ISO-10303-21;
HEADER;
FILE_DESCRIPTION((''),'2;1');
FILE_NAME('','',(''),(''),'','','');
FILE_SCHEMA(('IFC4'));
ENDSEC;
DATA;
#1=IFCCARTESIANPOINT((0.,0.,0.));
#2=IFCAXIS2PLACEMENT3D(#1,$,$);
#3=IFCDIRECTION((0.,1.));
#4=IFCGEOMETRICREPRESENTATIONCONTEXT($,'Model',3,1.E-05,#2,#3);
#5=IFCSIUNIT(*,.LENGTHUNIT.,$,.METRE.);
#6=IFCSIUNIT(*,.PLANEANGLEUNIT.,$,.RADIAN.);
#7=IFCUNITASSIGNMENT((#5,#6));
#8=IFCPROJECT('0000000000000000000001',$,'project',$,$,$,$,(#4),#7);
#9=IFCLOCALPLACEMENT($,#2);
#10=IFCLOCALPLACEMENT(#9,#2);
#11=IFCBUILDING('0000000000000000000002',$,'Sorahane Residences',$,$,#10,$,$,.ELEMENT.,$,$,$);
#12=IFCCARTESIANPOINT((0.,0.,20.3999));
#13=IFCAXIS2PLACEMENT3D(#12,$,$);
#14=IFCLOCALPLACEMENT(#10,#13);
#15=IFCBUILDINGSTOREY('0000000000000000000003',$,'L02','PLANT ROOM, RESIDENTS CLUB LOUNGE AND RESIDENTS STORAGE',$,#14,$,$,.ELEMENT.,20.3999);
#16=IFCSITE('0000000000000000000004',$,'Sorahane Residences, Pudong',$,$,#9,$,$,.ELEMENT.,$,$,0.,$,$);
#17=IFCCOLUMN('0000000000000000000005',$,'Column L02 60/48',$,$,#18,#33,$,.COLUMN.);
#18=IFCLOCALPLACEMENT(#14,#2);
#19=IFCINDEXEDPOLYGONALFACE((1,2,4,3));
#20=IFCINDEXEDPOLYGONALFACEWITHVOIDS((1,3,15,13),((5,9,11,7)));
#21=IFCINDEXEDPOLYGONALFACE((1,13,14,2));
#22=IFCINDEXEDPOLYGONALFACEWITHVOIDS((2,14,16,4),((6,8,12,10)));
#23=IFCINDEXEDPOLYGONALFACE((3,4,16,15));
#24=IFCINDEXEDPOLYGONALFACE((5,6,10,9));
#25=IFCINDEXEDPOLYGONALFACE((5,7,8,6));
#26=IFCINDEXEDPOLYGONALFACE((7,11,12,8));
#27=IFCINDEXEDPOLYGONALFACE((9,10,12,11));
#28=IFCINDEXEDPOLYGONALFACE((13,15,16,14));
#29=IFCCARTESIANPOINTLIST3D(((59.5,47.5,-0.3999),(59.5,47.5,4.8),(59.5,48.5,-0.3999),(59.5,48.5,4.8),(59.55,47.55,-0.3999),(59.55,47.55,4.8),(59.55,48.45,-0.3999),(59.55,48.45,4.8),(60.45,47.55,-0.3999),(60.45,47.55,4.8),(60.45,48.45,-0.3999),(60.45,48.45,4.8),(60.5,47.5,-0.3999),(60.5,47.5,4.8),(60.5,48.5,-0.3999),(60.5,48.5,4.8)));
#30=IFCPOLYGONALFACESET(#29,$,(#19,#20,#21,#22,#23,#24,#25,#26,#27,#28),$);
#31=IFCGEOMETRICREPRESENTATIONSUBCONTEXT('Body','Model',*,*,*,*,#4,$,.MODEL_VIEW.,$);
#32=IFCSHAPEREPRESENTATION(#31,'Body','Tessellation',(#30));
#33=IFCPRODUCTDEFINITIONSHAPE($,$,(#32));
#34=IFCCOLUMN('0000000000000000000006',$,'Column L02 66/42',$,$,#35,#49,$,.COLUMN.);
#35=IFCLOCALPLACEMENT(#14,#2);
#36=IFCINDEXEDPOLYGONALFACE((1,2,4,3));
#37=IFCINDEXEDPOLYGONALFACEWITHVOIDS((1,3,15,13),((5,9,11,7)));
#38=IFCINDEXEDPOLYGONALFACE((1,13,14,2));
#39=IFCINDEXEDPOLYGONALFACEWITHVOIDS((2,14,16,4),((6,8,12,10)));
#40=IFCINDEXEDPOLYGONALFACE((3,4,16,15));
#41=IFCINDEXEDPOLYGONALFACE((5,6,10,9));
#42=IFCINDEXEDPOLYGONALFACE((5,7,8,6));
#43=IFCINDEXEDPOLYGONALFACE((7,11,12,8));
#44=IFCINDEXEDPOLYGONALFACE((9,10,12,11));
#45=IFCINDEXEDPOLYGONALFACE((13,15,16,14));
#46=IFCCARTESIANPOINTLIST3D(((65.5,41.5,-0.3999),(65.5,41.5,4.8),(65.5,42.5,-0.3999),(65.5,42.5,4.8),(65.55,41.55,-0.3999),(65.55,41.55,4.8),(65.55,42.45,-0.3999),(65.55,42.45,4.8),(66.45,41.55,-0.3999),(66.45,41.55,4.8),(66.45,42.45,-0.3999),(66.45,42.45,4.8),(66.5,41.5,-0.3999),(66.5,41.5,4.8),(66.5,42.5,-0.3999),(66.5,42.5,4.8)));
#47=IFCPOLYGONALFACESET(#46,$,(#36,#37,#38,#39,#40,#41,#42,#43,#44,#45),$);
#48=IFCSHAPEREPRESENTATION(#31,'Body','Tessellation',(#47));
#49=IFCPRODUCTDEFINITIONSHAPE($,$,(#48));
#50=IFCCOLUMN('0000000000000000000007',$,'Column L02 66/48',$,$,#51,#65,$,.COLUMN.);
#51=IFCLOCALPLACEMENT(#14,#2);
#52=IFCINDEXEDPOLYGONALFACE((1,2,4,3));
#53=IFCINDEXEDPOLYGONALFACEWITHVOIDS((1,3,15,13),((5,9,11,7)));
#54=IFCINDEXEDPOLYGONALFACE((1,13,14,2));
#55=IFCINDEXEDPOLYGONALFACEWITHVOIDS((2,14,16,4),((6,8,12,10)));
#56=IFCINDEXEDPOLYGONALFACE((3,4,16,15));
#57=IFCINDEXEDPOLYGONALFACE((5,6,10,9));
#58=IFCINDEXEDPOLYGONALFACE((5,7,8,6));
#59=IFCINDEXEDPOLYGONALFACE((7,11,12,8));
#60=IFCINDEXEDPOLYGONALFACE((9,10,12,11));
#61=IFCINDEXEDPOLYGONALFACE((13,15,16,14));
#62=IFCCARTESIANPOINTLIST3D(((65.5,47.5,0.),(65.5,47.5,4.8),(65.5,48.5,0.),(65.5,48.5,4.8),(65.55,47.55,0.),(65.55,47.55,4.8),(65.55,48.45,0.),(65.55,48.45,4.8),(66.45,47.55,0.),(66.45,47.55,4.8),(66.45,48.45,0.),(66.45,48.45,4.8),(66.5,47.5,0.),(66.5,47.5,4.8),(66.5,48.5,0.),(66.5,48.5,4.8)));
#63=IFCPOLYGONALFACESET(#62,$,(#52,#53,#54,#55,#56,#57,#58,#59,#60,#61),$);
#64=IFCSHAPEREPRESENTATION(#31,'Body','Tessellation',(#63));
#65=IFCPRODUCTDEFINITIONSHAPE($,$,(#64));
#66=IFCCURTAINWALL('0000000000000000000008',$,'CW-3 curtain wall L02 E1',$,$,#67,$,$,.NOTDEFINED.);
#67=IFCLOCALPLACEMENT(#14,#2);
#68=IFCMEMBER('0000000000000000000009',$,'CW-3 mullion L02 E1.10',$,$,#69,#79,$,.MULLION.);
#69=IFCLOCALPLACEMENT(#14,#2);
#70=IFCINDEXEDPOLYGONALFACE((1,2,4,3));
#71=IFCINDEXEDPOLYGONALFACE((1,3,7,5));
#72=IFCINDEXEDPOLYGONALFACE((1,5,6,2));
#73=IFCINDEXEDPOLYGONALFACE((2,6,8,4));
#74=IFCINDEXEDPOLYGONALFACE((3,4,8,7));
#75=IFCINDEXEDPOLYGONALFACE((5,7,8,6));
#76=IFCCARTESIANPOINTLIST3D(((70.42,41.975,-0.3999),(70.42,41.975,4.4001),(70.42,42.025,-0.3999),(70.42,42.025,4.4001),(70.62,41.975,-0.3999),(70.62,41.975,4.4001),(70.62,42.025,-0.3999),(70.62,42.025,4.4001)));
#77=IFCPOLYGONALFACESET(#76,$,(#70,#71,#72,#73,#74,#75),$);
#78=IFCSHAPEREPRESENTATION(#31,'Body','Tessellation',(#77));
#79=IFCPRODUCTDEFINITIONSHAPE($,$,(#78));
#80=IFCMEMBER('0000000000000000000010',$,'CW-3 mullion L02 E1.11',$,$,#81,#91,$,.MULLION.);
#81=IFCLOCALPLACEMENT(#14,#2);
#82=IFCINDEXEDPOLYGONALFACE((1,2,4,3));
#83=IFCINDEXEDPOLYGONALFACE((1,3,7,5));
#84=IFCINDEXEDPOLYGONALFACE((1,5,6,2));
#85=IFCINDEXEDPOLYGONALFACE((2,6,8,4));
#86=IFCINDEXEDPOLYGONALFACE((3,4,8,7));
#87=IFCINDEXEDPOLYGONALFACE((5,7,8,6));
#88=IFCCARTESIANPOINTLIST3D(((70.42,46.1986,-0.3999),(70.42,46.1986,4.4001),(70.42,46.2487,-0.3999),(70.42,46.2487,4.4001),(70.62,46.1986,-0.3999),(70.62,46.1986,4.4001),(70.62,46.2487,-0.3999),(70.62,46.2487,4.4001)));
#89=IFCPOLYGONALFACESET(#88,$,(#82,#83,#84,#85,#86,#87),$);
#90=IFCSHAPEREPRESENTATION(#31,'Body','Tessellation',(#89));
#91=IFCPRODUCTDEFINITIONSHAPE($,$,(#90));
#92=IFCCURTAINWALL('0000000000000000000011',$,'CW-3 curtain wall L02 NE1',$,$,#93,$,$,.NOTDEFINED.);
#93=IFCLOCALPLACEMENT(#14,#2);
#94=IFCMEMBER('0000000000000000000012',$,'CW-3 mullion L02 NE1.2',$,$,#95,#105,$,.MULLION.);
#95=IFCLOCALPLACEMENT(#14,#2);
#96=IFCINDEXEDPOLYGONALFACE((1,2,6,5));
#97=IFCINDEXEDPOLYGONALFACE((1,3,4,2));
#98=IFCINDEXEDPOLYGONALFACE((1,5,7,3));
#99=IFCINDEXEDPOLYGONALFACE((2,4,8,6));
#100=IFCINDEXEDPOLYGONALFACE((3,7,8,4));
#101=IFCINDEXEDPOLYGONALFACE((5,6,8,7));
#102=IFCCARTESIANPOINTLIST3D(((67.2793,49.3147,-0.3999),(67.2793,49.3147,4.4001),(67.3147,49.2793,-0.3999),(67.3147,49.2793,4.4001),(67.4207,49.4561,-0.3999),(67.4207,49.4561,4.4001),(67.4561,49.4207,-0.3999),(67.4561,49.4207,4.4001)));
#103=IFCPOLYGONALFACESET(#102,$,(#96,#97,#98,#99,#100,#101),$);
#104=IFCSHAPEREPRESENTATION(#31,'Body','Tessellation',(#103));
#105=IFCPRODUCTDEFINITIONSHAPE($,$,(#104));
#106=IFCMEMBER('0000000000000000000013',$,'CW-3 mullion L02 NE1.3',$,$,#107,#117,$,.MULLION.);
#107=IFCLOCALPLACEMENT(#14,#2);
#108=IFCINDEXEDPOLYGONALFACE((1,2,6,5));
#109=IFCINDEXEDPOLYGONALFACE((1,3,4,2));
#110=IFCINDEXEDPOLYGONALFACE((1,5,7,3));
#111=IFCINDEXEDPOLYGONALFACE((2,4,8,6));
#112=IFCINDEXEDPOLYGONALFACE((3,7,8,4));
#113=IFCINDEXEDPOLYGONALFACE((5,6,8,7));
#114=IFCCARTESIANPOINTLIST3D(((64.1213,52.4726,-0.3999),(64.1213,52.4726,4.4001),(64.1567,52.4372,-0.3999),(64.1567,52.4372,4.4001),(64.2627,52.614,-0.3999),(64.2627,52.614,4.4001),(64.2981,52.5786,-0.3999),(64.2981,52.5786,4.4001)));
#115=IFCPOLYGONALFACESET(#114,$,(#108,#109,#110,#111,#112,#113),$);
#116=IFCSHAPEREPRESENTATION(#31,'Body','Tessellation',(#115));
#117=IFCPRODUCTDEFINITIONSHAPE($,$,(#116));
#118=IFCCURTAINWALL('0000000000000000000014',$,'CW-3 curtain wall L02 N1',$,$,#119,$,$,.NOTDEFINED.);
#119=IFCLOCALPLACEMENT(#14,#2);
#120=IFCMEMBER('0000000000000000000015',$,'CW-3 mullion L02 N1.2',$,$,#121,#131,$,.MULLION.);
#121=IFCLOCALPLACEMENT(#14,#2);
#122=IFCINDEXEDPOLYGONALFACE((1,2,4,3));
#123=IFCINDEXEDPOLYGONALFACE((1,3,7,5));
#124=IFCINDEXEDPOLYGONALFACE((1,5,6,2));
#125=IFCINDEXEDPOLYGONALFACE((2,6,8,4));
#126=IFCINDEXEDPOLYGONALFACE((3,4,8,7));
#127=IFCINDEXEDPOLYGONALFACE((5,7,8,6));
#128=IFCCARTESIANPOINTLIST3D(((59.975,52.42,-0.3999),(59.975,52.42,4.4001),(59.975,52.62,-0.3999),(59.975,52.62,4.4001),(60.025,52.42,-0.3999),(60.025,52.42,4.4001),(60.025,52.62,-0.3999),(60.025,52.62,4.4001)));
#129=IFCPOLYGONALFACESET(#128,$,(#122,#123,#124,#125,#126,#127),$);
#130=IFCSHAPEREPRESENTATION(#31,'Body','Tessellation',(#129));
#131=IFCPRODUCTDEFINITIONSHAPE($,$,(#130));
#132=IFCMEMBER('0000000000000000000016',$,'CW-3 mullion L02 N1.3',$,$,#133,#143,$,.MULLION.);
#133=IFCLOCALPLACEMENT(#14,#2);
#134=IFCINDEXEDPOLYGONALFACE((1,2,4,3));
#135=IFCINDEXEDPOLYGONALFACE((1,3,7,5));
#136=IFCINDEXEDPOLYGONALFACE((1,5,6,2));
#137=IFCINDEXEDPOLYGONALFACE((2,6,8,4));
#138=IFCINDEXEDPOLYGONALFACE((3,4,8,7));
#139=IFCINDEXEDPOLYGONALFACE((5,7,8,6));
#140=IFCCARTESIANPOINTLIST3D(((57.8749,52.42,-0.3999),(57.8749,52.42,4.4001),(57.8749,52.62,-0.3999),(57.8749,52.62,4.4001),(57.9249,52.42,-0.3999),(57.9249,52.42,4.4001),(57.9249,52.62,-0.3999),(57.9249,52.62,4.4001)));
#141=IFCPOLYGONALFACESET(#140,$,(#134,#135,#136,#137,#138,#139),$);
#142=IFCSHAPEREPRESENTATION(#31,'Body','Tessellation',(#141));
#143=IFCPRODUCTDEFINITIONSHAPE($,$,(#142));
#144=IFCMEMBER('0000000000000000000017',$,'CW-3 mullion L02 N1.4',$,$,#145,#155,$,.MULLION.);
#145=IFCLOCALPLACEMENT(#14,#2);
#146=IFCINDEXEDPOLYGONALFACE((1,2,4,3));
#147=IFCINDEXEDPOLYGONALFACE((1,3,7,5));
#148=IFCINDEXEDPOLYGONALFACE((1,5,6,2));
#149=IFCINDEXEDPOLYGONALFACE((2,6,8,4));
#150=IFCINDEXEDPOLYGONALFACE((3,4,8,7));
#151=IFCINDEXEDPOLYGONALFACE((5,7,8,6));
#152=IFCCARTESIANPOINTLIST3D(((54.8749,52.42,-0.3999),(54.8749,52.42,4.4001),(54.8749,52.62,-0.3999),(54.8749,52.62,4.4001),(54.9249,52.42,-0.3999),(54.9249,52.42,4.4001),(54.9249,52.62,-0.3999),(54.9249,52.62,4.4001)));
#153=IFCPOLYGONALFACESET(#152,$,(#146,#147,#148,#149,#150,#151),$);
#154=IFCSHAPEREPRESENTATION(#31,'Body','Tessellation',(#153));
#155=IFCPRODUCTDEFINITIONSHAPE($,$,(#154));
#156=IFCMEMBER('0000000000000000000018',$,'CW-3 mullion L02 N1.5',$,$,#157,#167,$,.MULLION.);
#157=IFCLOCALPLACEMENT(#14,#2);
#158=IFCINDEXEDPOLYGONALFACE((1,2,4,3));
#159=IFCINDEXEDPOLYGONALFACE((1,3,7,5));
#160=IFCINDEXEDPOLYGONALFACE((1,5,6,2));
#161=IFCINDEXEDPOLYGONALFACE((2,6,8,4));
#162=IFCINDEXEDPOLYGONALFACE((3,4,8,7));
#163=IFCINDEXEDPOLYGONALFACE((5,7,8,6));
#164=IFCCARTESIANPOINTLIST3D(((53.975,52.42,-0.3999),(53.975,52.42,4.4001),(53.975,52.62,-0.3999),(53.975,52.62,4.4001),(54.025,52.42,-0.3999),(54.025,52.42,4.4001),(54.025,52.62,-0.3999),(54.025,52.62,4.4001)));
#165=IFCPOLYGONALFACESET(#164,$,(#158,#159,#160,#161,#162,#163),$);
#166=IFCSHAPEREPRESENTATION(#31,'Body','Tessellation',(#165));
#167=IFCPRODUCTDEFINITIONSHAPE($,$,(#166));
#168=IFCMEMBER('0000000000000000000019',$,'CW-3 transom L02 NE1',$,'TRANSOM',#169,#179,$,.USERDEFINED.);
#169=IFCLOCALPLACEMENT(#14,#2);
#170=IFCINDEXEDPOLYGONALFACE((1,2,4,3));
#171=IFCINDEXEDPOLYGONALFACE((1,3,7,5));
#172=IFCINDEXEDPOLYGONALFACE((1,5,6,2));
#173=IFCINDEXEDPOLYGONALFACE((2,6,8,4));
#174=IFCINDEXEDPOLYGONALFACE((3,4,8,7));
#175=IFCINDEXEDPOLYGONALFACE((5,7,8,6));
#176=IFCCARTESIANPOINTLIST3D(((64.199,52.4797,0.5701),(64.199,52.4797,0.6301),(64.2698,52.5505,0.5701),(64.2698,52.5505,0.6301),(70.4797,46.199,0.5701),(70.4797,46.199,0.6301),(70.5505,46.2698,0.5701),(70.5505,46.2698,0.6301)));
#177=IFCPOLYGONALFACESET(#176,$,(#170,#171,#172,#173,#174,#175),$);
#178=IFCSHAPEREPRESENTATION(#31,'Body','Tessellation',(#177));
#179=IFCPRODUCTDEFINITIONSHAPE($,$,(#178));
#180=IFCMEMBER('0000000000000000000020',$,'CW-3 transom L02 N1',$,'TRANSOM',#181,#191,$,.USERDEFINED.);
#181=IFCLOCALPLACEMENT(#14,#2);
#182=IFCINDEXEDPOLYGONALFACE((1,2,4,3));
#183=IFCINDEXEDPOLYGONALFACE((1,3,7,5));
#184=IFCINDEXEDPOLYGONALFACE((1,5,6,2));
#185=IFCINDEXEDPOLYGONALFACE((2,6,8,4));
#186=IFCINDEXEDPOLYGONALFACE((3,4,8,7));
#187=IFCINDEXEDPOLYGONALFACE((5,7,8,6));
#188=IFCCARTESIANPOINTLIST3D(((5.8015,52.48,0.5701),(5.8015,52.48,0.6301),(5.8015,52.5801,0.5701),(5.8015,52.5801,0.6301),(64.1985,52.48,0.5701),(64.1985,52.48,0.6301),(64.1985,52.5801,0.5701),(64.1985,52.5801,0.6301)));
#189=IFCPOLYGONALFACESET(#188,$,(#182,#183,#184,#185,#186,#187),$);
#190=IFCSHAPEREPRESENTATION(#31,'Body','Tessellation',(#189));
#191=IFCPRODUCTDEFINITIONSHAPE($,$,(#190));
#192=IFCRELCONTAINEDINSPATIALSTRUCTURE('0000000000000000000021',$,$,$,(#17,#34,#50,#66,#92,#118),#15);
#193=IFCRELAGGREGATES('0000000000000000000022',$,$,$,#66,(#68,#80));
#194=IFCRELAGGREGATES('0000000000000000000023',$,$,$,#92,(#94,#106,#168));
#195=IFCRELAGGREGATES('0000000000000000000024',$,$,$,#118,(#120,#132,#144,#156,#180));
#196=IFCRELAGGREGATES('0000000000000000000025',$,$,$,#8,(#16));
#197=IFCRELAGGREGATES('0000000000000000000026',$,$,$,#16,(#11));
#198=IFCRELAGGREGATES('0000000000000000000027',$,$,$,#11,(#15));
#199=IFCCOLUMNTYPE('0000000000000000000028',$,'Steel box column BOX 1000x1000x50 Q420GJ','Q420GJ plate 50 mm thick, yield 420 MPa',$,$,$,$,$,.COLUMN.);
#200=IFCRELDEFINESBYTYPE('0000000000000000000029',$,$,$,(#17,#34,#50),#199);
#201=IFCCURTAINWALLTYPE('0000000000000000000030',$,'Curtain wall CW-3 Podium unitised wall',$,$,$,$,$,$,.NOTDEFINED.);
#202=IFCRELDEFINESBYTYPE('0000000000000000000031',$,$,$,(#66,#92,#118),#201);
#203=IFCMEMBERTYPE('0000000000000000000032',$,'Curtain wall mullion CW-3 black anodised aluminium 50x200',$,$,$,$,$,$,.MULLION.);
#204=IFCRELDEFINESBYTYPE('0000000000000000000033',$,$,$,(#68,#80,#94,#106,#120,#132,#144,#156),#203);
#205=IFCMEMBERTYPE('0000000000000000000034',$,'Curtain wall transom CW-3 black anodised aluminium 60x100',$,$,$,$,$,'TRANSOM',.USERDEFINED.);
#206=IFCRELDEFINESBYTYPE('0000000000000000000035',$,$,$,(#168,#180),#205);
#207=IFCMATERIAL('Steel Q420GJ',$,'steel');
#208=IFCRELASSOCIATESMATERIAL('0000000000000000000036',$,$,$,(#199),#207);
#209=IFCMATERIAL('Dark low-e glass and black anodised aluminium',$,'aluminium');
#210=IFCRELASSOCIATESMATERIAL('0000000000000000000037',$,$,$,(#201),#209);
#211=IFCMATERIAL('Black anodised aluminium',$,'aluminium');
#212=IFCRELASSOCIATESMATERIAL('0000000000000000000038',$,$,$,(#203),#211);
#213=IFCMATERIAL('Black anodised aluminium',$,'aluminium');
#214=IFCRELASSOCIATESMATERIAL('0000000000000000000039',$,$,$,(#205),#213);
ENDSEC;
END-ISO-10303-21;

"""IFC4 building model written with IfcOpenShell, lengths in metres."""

from ifc_helpers import new_model, si_unit, direction, frame, origin, origin_2d, place, context, subcontext, project, spatial, rectangle, hollow_rectangle, extrude, material, material_profile, profile_set, type_object, element, aggregate, save


model = new_model("IFC4")

# Units and contexts
model_context = context("Model", 3, precision=1e-05, world=origin(), true_north=direction((0.0, 1.0)))
body_context = subcontext(model_context, "Body", "Model", "MODEL_VIEW")
ifc_project = project(units=[si_unit("LENGTHUNIT", "METRE"), si_unit("PLANEANGLEUNIT", "RADIAN")], contexts=[model_context])

# Site, building, storey
site_placement = place(None, origin())
site = spatial("IfcSite", under=ifc_project, at=site_placement, Name="Sorahane Residences, Pudong", CompositionType="ELEMENT", RefElevation=0.0)
building_placement = place(site_placement, origin())
building = spatial("IfcBuilding", under=site, at=building_placement, Name="Sorahane Residences", CompositionType="ELEMENT")
storey_placement = place(building_placement, frame((0.0, 0.0, 20.3999)))
storey = spatial("IfcBuildingStorey", under=building, at=storey_placement, Name="L02", Description="PLANT ROOM, RESIDENTS CLUB LOUNGE AND RESIDENTS STORAGE", CompositionType="ELEMENT", Elevation=20.3999)

# Columns
ifc_material_1 = material(Name="Steel Q420GJ", Category="steel")
ifc_material_profile_1 = material_profile(ifc_material_1, hollow_rectangle(XDim=1.0, YDim=1.0, WallThickness=0.05, at=origin_2d()), Name="BOX 1000x1000x50")
ifc_profile_set_1 = profile_set([ifc_material_profile_1], Name="Steel Q420GJ")
column_type = type_object("IfcColumnType", Name="Steel box column BOX 1000x1000x50 Q420GJ", Description="Q420GJ plate 50 mm thick, yield 420 MPa", PredefinedType="COLUMN", material=ifc_profile_set_1)
for number, where, z_axis, x_axis, name in (
    (1, (60.0, 48.0, -0.3999), (0.0, 0.0, 1.0), (1.0, 0.0, 0.0), "Column L02 60/48"),
    (2, (66.0, 42.0, -0.3999), (0.0, 0.0, 1.0), (1.0, 0.0, 0.0), "Column L02 66/42"),
):
    element("IfcColumn", number, at=place(storey_placement, frame(where, z_axis=z_axis, x_axis=x_axis)), inside=storey, type_object=column_type, Name=name, PredefinedType="COLUMN", context=body_context, shape_type="SweptSolid", body=[
        extrude(hollow_rectangle(XDim=1.0, YDim=1.0, WallThickness=0.05, at=origin_2d()), origin(), (0.0, 0.0, 1.0), 5.2),
    ])
column_placement = place(storey_placement, frame((66.0, 48.0, 0.0), z_axis=(0.0, 0.0, 1.0), x_axis=(1.0, 0.0, 0.0)))
element("IfcColumn", 3, at=column_placement, inside=storey, type_object=column_type, Name="Column L02 66/48", PredefinedType="COLUMN", context=body_context, shape_type="SweptSolid", body=[
    extrude(hollow_rectangle(XDim=1.0, YDim=1.0, WallThickness=0.05, at=origin_2d()), origin(), (0.0, 0.0, 1.0), 4.8),
])

# Curtain walls, members
ifc_material_2 = material(Name="Dark low-e glass and black anodised aluminium", Category="aluminium")
curtain_wall_type = type_object("IfcCurtainWallType", Name="Curtain wall CW-3 Podium unitised wall", PredefinedType="NOTDEFINED", material=ifc_material_2)
curtain_wall_1_placement = place(storey_placement, origin())
curtain_wall_1 = element("IfcCurtainWall", 4, at=curtain_wall_1_placement, inside=storey, type_object=curtain_wall_type, Name="CW-3 curtain wall L02 E1", PredefinedType="NOTDEFINED")
ifc_material_3 = material(Name="Black anodised aluminium", Category="aluminium")
ifc_material_profile_2 = material_profile(ifc_material_3, rectangle(XDim=0.2, YDim=0.05, at=origin_2d()), Name="Curtain wall mullion CW-3 black anodised aluminium 50x200")
ifc_profile_set_2 = profile_set([ifc_material_profile_2], Name="Black anodised aluminium")
member_type_1 = type_object("IfcMemberType", Name="Curtain wall mullion CW-3 black anodised aluminium 50x200", PredefinedType="MULLION", material=ifc_profile_set_2)
member_1_placement = place(storey_placement, frame((70.52, 42.0, -0.3999), z_axis=(0.0, 0.0, 1.0), x_axis=(1.0, 0.0, 0.0)))
member_1 = element("IfcMember", 5, at=member_1_placement, type_object=member_type_1, Name="CW-3 mullion L02 E1.10", PredefinedType="MULLION", context=body_context, shape_type="SweptSolid", body=[
    extrude(rectangle(XDim=0.2, YDim=0.05, at=origin_2d()), origin(), (0.0, 0.0, 1.0), 4.8),
])
member_2_placement = place(storey_placement, frame((70.52, 46.2236, -0.3999), z_axis=(0.0, 0.0, 1.0), x_axis=(1.0, 0.0, 0.0)))
member_2 = element("IfcMember", 6, at=member_2_placement, type_object=member_type_1, Name="CW-3 mullion L02 E1.11", PredefinedType="MULLION", context=body_context, shape_type="SweptSolid", body=[
    extrude(rectangle(XDim=0.2, YDim=0.05, at=origin_2d()), origin(), (0.0, 0.0, 1.0), 4.8),
])
curtain_wall_2_placement = place(storey_placement, origin())
curtain_wall_2 = element("IfcCurtainWall", 7, at=curtain_wall_2_placement, inside=storey, type_object=curtain_wall_type, Name="CW-3 curtain wall L02 NE1", PredefinedType="NOTDEFINED")
member_3_placement = place(storey_placement, frame((67.3677, 49.3677, -0.3999), z_axis=(0.0, 0.0, 1.0), x_axis=(0.707107, 0.707107, 0.0)))
member_3 = element("IfcMember", 8, at=member_3_placement, type_object=member_type_1, Name="CW-3 mullion L02 NE1.2", PredefinedType="MULLION", context=body_context, shape_type="SweptSolid", body=[
    extrude(rectangle(XDim=0.2, YDim=0.05, at=origin_2d()), origin(), (0.0, 0.0, 1.0), 4.8),
])
member_4_placement = place(storey_placement, frame((64.2097, 52.5256, -0.3999), z_axis=(0.0, 0.0, 1.0), x_axis=(0.707107, 0.707107, 0.0)))
member_4 = element("IfcMember", 9, at=member_4_placement, type_object=member_type_1, Name="CW-3 mullion L02 NE1.3", PredefinedType="MULLION", context=body_context, shape_type="SweptSolid", body=[
    extrude(rectangle(XDim=0.2, YDim=0.05, at=origin_2d()), origin(), (0.0, 0.0, 1.0), 4.8),
])
curtain_wall_3_placement = place(storey_placement, origin())
curtain_wall_3 = element("IfcCurtainWall", 10, at=curtain_wall_3_placement, inside=storey, type_object=curtain_wall_type, Name="CW-3 curtain wall L02 N1", PredefinedType="NOTDEFINED")
member_5_placement = place(storey_placement, frame((60.0, 52.52, -0.3999), z_axis=(0.0, 0.0, 1.0), x_axis=(0.0, 1.0, 0.0)))
member_5 = element("IfcMember", 11, at=member_5_placement, type_object=member_type_1, Name="CW-3 mullion L02 N1.2", PredefinedType="MULLION", context=body_context, shape_type="SweptSolid", body=[
    extrude(rectangle(XDim=0.2, YDim=0.05, at=origin_2d()), origin(), (0.0, 0.0, 1.0), 4.8),
])
member_6_placement = place(storey_placement, frame((57.8999, 52.52, -0.3999), z_axis=(0.0, 0.0, 1.0), x_axis=(0.0, 1.0, 0.0)))
member_6 = element("IfcMember", 12, at=member_6_placement, type_object=member_type_1, Name="CW-3 mullion L02 N1.3", PredefinedType="MULLION", context=body_context, shape_type="SweptSolid", body=[
    extrude(rectangle(XDim=0.2, YDim=0.05, at=origin_2d()), origin(), (0.0, 0.0, 1.0), 4.8),
])
member_7_placement = place(storey_placement, frame((54.8999, 52.52, -0.3999), z_axis=(0.0, 0.0, 1.0), x_axis=(0.0, 1.0, 0.0)))
member_7 = element("IfcMember", 13, at=member_7_placement, type_object=member_type_1, Name="CW-3 mullion L02 N1.4", PredefinedType="MULLION", context=body_context, shape_type="SweptSolid", body=[
    extrude(rectangle(XDim=0.2, YDim=0.05, at=origin_2d()), origin(), (0.0, 0.0, 1.0), 4.8),
])
member_8_placement = place(storey_placement, frame((54.0, 52.52, -0.3999), z_axis=(0.0, 0.0, 1.0), x_axis=(0.0, 1.0, 0.0)))
member_8 = element("IfcMember", 14, at=member_8_placement, type_object=member_type_1, Name="CW-3 mullion L02 N1.5", PredefinedType="MULLION", context=body_context, shape_type="SweptSolid", body=[
    extrude(rectangle(XDim=0.2, YDim=0.05, at=origin_2d()), origin(), (0.0, 0.0, 1.0), 4.8),
])

# Members
ifc_material_4 = material(Name="Black anodised aluminium", Category="aluminium")
ifc_material_profile_3 = material_profile(ifc_material_4, rectangle(XDim=0.1001, YDim=0.0601, at=origin_2d()), Name="Curtain wall transom CW-3 black anodised aluminium 60x100")
ifc_profile_set_3 = profile_set([ifc_material_profile_3], Name="Black anodised aluminium")
member_type_2 = type_object("IfcMemberType", Name="Curtain wall transom CW-3 black anodised aluminium 60x100", ElementType="TRANSOM", PredefinedType="USERDEFINED", material=ifc_profile_set_3)
member_9_placement = place(storey_placement, frame((70.5151, 46.2344, 0.6001), z_axis=(-0.707107, 0.707107, 0.0), x_axis=(-0.707107, -0.707107, 0.0)))
member_9 = element("IfcMember", 15, at=member_9_placement, type_object=member_type_2, Name="CW-3 transom L02 NE1", ObjectType="TRANSOM", PredefinedType="USERDEFINED", context=body_context, shape_type="SweptSolid", body=[
    extrude(rectangle(XDim=0.1001, YDim=0.0601, at=origin_2d()), origin(), (0.0, 0.0, 1.0), 8.8823),
])
member_10_placement = place(storey_placement, frame((64.1985, 52.53, 0.6001), z_axis=(-1.0, 0.0, 0.0), x_axis=(0.0, -1.0, 0.0)))
member_10 = element("IfcMember", 16, at=member_10_placement, type_object=member_type_2, Name="CW-3 transom L02 N1", ObjectType="TRANSOM", PredefinedType="USERDEFINED", context=body_context, shape_type="SweptSolid", body=[
    extrude(rectangle(XDim=0.1001, YDim=0.0601, at=origin_2d()), origin(), (0.0, 0.0, 1.0), 58.397),
])

aggregate(curtain_wall_1, [member_1, member_2])
aggregate(curtain_wall_2, [member_3, member_4, member_9])
aggregate(curtain_wall_3, [member_5, member_6, member_7, member_8, member_10])

save(model, "model.ifc")
